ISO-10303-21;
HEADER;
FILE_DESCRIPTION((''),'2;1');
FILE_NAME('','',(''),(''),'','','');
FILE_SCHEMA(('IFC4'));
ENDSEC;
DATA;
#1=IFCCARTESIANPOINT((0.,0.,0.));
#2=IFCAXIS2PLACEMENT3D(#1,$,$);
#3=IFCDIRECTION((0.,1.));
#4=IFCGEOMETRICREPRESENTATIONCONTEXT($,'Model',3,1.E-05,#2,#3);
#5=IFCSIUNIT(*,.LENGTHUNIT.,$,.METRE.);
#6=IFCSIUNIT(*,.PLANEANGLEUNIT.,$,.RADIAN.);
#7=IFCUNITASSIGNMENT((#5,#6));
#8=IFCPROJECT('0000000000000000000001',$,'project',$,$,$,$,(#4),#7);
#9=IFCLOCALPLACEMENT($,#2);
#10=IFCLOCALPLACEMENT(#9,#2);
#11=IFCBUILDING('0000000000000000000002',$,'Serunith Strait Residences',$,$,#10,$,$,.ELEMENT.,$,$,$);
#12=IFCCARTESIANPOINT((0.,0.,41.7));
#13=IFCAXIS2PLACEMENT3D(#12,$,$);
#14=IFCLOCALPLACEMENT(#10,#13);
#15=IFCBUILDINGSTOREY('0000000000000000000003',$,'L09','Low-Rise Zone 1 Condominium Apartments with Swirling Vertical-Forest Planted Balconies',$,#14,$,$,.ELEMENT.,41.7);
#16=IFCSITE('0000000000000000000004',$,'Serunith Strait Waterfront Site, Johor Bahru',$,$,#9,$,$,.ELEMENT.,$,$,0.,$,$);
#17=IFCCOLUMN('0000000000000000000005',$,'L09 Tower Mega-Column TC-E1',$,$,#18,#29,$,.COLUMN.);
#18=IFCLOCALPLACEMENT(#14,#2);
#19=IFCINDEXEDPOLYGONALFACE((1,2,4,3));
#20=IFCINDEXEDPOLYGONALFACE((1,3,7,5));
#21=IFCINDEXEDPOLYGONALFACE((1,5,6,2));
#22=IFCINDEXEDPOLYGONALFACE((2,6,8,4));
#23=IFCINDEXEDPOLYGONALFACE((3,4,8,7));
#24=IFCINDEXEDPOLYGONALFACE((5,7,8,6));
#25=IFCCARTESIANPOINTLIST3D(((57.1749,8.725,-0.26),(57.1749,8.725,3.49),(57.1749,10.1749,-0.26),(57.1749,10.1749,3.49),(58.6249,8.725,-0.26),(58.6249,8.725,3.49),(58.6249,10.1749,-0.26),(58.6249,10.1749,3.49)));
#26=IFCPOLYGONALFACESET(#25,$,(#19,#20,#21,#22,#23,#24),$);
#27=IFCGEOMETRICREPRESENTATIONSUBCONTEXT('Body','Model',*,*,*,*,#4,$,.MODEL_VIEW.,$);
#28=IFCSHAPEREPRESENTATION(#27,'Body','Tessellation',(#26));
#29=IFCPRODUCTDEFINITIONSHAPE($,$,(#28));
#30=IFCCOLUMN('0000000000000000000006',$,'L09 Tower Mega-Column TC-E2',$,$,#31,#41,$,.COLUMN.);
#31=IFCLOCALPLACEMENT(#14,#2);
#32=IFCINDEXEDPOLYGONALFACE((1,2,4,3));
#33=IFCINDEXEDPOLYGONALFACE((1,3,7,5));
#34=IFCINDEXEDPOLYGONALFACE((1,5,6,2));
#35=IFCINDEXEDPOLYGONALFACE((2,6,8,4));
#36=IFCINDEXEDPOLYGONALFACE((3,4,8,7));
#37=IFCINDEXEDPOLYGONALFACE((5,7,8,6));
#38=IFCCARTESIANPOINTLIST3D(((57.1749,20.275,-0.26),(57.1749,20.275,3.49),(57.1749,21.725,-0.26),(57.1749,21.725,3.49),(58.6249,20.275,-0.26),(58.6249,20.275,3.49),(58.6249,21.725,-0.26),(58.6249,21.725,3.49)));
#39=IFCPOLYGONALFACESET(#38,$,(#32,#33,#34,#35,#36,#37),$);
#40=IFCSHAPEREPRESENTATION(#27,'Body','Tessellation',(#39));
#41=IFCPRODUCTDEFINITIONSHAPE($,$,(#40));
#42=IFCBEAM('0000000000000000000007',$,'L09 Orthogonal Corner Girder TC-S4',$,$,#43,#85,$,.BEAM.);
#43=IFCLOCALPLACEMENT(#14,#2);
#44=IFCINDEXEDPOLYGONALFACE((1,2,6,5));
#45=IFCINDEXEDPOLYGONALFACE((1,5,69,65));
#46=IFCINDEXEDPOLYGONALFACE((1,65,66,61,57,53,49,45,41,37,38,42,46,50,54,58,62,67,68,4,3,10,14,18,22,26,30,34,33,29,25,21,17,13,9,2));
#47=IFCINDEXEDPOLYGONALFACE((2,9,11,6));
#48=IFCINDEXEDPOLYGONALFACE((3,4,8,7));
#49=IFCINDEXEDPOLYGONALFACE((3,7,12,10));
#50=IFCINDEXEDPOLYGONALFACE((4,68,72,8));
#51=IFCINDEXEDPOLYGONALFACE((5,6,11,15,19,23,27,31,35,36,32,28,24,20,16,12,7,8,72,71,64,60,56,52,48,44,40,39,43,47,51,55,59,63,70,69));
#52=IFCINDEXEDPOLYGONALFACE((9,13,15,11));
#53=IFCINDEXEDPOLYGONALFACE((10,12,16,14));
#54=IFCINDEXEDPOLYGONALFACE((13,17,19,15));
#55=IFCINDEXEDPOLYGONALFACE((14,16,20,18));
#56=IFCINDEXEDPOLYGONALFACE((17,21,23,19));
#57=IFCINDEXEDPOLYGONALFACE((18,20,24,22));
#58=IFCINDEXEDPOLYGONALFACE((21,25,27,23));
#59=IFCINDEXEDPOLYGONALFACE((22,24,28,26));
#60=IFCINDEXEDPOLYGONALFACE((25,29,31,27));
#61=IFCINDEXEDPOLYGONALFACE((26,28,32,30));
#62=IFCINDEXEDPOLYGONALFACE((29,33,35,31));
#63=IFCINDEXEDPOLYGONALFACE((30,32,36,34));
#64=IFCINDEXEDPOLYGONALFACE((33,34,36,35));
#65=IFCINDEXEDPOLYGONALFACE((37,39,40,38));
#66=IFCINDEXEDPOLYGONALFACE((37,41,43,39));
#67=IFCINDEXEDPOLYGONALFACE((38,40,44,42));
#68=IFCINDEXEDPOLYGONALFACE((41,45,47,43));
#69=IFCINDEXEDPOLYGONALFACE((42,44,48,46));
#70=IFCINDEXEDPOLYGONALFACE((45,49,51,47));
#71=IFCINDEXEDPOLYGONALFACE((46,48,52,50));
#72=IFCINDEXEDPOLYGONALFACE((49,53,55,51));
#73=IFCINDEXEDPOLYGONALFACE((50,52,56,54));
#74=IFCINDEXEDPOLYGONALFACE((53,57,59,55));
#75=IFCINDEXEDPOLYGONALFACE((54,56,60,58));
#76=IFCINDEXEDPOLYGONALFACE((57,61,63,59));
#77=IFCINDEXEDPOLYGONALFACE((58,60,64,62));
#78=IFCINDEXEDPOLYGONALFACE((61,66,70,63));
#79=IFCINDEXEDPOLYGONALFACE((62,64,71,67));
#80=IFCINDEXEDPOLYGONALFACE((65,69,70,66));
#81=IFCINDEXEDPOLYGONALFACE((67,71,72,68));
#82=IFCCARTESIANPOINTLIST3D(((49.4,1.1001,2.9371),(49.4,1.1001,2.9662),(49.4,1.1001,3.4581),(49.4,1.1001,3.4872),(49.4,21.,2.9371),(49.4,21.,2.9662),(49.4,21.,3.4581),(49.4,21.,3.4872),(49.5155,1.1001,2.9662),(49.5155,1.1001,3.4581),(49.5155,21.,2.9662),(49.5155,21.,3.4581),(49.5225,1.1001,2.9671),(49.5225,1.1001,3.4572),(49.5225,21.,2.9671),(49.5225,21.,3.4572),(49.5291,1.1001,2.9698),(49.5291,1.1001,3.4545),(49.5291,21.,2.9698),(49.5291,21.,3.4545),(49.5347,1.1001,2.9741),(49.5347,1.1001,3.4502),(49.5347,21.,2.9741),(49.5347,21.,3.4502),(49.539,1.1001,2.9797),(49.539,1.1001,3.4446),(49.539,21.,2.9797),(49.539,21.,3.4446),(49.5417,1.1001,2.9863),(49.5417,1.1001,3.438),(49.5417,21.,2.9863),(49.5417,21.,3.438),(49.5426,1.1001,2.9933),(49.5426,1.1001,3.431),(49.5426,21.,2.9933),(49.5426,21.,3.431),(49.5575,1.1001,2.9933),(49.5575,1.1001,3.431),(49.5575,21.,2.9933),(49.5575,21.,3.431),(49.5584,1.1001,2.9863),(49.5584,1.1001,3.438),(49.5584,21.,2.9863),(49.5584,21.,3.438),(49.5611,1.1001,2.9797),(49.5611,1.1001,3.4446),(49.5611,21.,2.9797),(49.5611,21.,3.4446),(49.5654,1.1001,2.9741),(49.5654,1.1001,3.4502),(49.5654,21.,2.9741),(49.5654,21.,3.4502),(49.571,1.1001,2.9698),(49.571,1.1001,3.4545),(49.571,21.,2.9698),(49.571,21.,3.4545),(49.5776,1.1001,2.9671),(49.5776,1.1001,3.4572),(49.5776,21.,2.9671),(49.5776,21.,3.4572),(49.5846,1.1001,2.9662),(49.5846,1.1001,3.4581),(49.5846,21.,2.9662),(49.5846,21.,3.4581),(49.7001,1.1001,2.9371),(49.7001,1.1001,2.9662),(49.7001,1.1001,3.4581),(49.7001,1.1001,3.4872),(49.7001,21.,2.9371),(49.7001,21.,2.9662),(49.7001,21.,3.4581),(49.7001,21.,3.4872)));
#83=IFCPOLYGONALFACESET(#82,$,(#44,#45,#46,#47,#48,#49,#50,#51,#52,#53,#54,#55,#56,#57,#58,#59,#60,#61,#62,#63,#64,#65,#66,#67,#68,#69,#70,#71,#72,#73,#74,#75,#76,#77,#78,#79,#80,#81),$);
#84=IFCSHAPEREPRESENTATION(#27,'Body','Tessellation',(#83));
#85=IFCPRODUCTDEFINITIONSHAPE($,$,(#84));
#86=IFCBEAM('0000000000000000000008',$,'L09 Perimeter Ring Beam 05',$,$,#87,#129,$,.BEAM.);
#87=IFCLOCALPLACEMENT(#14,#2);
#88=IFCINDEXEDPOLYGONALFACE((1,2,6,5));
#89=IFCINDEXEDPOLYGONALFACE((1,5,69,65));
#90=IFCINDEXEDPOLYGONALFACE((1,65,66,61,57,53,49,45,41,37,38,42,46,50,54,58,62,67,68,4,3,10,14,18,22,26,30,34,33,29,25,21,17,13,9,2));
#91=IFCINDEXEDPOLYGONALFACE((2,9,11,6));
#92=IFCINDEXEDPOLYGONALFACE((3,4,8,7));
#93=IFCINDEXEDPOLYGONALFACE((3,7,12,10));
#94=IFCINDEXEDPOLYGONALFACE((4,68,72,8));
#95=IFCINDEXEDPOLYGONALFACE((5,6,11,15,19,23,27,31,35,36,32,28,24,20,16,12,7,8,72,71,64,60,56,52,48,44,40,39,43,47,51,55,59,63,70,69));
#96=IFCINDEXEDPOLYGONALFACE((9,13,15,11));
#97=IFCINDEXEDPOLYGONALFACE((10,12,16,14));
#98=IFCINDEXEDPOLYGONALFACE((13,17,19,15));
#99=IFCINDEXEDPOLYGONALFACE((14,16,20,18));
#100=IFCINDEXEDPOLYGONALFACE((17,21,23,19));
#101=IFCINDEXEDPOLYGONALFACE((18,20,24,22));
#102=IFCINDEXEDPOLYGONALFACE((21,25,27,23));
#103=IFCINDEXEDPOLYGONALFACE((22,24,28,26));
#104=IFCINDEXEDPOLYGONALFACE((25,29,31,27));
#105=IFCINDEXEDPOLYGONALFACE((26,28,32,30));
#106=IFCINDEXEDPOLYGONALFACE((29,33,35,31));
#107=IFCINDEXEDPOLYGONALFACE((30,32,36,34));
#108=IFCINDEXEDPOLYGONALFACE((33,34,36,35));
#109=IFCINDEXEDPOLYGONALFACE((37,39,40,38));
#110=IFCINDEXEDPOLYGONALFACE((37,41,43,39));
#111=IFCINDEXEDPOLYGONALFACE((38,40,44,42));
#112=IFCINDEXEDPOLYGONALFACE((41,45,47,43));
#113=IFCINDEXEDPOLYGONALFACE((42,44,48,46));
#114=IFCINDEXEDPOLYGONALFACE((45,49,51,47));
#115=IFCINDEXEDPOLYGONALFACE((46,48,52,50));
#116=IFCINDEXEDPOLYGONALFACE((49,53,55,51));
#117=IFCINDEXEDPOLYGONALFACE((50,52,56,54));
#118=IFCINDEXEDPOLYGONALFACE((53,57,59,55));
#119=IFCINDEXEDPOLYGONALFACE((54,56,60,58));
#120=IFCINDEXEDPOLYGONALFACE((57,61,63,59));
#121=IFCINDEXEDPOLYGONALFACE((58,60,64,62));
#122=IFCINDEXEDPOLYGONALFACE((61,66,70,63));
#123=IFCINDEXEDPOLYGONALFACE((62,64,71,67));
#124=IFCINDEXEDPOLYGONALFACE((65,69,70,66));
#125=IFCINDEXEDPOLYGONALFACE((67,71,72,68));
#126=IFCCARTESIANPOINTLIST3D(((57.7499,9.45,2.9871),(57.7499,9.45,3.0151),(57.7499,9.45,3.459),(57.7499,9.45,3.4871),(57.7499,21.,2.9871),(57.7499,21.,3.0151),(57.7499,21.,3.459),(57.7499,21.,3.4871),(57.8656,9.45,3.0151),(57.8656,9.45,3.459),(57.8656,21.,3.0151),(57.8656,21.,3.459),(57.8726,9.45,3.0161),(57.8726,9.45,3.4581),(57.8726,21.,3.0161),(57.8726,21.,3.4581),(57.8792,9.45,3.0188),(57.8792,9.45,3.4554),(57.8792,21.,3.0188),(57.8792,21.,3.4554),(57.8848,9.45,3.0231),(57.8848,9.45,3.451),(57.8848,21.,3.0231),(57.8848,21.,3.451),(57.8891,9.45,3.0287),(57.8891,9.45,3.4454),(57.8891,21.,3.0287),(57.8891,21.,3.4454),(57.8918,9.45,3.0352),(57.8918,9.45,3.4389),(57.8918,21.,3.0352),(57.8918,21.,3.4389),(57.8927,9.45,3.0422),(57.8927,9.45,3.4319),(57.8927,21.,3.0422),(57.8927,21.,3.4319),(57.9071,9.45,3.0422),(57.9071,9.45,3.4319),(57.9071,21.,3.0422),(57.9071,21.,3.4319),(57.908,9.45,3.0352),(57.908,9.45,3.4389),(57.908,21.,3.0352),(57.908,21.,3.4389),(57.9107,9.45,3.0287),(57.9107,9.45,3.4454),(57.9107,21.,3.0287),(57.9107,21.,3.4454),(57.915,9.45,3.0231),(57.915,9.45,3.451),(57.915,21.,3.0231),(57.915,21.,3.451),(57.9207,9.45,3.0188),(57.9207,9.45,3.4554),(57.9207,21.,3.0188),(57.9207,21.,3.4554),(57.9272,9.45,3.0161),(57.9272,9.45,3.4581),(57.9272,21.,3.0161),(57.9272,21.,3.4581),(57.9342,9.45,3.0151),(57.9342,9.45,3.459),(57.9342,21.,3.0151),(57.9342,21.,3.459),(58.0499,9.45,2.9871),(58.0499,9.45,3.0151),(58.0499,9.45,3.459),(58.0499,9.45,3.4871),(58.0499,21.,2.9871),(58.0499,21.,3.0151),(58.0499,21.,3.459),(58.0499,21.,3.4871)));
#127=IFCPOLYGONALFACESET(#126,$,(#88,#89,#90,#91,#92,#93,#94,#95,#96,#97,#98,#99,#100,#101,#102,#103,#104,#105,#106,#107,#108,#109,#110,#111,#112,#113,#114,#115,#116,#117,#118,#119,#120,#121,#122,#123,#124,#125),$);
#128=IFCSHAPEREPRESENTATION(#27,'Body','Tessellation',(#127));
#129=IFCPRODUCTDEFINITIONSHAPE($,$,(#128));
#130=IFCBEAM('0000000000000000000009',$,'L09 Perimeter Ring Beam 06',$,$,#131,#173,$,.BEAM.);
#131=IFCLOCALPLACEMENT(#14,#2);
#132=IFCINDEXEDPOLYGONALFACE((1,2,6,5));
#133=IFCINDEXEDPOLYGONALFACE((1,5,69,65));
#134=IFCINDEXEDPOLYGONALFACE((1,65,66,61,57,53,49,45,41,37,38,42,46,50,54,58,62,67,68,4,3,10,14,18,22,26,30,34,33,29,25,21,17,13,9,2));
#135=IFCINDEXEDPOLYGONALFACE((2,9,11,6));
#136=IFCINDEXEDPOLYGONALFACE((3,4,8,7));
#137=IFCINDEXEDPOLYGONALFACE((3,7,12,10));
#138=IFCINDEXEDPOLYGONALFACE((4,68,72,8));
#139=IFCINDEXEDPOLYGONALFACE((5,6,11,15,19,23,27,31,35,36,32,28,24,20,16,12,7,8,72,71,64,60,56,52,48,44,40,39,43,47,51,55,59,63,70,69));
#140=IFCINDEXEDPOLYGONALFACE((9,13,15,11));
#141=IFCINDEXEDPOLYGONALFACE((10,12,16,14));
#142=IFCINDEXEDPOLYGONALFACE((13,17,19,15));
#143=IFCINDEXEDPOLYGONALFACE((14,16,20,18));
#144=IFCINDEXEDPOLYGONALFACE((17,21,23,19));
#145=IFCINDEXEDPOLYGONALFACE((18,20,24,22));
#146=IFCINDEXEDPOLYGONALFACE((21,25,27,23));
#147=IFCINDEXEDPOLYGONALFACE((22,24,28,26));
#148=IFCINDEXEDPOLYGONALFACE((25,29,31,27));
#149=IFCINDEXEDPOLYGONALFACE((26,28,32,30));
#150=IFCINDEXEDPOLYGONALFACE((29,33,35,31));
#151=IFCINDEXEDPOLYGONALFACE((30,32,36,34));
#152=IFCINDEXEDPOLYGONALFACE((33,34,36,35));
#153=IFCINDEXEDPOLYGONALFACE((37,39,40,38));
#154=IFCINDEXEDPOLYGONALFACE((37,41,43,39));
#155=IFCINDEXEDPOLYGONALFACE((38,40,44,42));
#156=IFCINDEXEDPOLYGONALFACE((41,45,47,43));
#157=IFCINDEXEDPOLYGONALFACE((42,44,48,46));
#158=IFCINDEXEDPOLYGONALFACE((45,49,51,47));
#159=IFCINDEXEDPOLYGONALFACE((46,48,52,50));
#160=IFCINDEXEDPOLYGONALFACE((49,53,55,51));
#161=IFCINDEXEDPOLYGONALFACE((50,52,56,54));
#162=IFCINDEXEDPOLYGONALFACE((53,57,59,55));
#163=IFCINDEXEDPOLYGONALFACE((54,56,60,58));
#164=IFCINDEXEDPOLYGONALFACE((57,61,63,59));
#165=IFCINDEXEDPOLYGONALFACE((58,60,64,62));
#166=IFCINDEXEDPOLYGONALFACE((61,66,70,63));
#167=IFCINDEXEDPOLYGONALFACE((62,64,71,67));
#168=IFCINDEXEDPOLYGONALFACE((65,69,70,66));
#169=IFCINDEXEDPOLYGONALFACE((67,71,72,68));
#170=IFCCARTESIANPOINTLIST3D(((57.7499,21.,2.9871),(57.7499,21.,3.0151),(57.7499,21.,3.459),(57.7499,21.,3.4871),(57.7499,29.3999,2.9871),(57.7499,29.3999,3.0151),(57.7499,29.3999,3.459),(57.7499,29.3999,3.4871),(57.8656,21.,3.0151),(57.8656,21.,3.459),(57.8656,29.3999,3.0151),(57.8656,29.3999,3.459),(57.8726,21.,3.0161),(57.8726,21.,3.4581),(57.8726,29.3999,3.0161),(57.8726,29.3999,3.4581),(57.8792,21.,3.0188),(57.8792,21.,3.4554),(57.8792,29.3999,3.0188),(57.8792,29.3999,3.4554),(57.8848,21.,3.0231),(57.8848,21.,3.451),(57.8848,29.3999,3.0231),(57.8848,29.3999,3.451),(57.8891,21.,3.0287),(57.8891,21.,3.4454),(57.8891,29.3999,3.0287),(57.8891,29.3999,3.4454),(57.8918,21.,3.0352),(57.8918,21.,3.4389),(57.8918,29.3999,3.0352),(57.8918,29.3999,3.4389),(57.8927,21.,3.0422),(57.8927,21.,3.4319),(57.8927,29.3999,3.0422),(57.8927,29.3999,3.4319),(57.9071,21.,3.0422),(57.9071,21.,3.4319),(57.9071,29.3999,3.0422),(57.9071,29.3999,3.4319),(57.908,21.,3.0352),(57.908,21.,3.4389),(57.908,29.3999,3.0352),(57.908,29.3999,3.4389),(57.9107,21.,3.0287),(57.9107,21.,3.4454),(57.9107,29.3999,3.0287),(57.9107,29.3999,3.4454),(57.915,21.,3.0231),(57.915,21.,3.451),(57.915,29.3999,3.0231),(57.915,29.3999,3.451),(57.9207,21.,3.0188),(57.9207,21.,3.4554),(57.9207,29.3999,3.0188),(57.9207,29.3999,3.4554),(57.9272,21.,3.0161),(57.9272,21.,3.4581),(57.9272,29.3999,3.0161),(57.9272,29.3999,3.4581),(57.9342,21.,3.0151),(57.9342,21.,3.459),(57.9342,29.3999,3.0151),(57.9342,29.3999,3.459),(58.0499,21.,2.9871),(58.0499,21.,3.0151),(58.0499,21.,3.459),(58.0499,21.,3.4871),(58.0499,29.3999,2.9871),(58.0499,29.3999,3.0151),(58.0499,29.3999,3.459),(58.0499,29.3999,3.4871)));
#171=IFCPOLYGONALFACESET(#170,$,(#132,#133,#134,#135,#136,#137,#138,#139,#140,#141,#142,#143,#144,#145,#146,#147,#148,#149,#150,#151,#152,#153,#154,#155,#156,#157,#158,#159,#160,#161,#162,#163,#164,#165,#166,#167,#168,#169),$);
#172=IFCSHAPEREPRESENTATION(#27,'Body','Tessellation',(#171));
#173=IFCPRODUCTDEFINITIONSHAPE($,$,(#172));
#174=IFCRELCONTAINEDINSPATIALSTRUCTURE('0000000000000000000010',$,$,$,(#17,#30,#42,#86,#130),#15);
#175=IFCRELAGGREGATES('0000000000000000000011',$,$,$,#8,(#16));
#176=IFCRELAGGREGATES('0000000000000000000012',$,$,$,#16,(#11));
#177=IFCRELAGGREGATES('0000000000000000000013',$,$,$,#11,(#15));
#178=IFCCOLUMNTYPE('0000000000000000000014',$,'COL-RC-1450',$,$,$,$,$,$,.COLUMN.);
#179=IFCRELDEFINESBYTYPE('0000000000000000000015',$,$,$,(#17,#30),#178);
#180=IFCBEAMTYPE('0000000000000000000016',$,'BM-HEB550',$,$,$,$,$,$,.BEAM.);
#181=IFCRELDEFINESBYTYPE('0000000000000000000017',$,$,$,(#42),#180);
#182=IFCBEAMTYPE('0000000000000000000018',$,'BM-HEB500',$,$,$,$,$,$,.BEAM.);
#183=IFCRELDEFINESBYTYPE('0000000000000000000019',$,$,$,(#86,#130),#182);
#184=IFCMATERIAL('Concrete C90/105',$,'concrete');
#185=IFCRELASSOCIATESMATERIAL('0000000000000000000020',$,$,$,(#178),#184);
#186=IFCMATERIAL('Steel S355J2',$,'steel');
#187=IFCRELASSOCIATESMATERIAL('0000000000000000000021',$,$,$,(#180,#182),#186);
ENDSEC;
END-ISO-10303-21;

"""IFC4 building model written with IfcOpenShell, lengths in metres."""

from ifc_helpers import new_model, si_unit, direction, frame, origin, origin_2d, place, context, subcontext, project, spatial, rectangle, i_section, extrude, source, transform, mapped, material, material_profile, profile_set, type_object, element, save


model = new_model("IFC4")

# Units and contexts
model_context = context("Model", 3, precision=1e-05, world=origin(), true_north=direction((0.0, 1.0)))
body_context = subcontext(model_context, "Body", "Model", "MODEL_VIEW")
ifc_project = project(units=[si_unit("LENGTHUNIT", "METRE"), si_unit("PLANEANGLEUNIT", "RADIAN")], contexts=[model_context])

# Site, building, storey
site_placement = place(None, origin())
site = spatial("IfcSite", under=ifc_project, at=site_placement, Name="Serunith Strait Waterfront Site, Johor Bahru", CompositionType="ELEMENT", RefElevation=0.0)
building_placement = place(site_placement, origin())
building = spatial("IfcBuilding", under=site, at=building_placement, Name="Serunith Strait Residences", CompositionType="ELEMENT")
storey_placement = place(building_placement, frame((0.0, 0.0, 41.7)))
storey = spatial("IfcBuildingStorey", under=building, at=storey_placement, Name="L09", Description="Low-Rise Zone 1 Condominium Apartments with Swirling Vertical-Forest Planted Balconies", CompositionType="ELEMENT", Elevation=41.7)

# Columns
ifc_material_1 = material(Name="Concrete C90/105", Category="concrete")
ifc_material_profile_1 = material_profile(ifc_material_1, rectangle(XDim=1.45, YDim=1.45, at=origin_2d()), Name="RC 1450x1450")
ifc_profile_set_1 = profile_set([ifc_material_profile_1], Name="Concrete C90/105")
column_type = type_object("IfcColumnType", Name="COL-RC-1450", PredefinedType="COLUMN", material=ifc_profile_set_1)
shared_shape_1 = source(origin(), body_context, "Body", "SweptSolid", [
    extrude(rectangle(XDim=1.45, YDim=1.45, at=origin_2d()), origin(), (0.0, 0.0, 1.0), 3.75),
])
for number, where, z_axis, x_axis, name in (
    (1, (57.8999, 9.45, -0.26), (0.0, 0.0, 1.0), (1.0, 0.0, 0.0), "L09 Tower Mega-Column TC-E1"),
    (2, (57.8999, 21.0, -0.26), (0.0, 0.0, 1.0), (1.0, 0.0, 0.0), "L09 Tower Mega-Column TC-E2"),
):
    element("IfcColumn", number, at=place(storey_placement, frame(where, z_axis=z_axis, x_axis=x_axis)), inside=storey, type_object=column_type, Name=name, PredefinedType="COLUMN", context=body_context, shape_type="MappedRepresentation", body=[
        mapped(shared_shape_1, transform((0.0, 0.0, 0.0), scale=1.0)),
    ])

# Beams
ifc_material_2 = material(Name="Steel S355J2", Category="steel")
ifc_material_profile_2 = material_profile(ifc_material_2, i_section(OverallWidth=0.3, OverallDepth=0.55, WebThickness=0.0149, FlangeThickness=0.0291, FilletRadius=0.0271, at=origin_2d()), Name="HEB 550")
ifc_profile_set_2 = profile_set([ifc_material_profile_2], Name="Steel S355J2")
beam_type_1 = type_object("IfcBeamType", Name="BM-HEB550", PredefinedType="BEAM", material=ifc_profile_set_2)
shared_shape_2 = source(origin(), body_context, "Body", "SweptSolid", [
    extrude(i_section(OverallWidth=0.3, OverallDepth=0.55, WebThickness=0.0149, FlangeThickness=0.0291, FilletRadius=0.0271, at=origin_2d()), origin(), (0.0, 0.0, 1.0), 19.8999),
])
beam_1_placement = place(storey_placement, frame((49.55, 21.0, 3.2122), z_axis=(0.0, -1.0, 0.0), x_axis=(1.0, 0.0, 0.0)))
element("IfcBeam", 3, at=beam_1_placement, inside=storey, type_object=beam_type_1, Name="L09 Orthogonal Corner Girder TC-S4", PredefinedType="BEAM", context=body_context, shape_type="MappedRepresentation", body=[
    mapped(shared_shape_2, transform((0.0, 0.0, 0.0), scale=1.0)),
])
ifc_material_profile_3 = material_profile(ifc_material_2, i_section(OverallWidth=0.3, OverallDepth=0.5, WebThickness=0.0144, FlangeThickness=0.0281, FilletRadius=0.0271, at=origin_2d()), Name="HEB 500")
ifc_profile_set_3 = profile_set([ifc_material_profile_3], Name="Steel S355J2")
beam_type_2 = type_object("IfcBeamType", Name="BM-HEB500", PredefinedType="BEAM", material=ifc_profile_set_3)
shared_shape_3 = source(origin(), body_context, "Body", "SweptSolid", [
    extrude(i_section(OverallWidth=0.3, OverallDepth=0.5, WebThickness=0.0144, FlangeThickness=0.0281, FilletRadius=0.0271, at=origin_2d()), origin(), (0.0, 0.0, 1.0), 11.55),
])
beam_2_placement = place(storey_placement, frame((57.8999, 9.45, 3.2371), z_axis=(0.0, 1.0, 0.0), x_axis=(-1.0, 0.0, 0.0)))
element("IfcBeam", 4, at=beam_2_placement, inside=storey, type_object=beam_type_2, Name="L09 Perimeter Ring Beam 05", PredefinedType="BEAM", context=body_context, shape_type="MappedRepresentation", body=[
    mapped(shared_shape_3, transform((0.0, 0.0, 0.0), scale=1.0)),
])
shared_shape_4 = source(origin(), body_context, "Body", "SweptSolid", [
    extrude(i_section(OverallWidth=0.3, OverallDepth=0.5, WebThickness=0.0144, FlangeThickness=0.0281, FilletRadius=0.0271, at=origin_2d()), origin(), (0.0, 0.0, 1.0), 8.3999),
])
beam_3_placement = place(storey_placement, frame((57.8999, 21.0, 3.2371), z_axis=(0.0, 1.0, 0.0), x_axis=(-1.0, 0.0, 0.0)))
element("IfcBeam", 5, at=beam_3_placement, inside=storey, type_object=beam_type_2, Name="L09 Perimeter Ring Beam 06", PredefinedType="BEAM", context=body_context, shape_type="MappedRepresentation", body=[
    mapped(shared_shape_4, transform((0.0, 0.0, 0.0), scale=1.0)),
])

save(model, "model.ifc")
